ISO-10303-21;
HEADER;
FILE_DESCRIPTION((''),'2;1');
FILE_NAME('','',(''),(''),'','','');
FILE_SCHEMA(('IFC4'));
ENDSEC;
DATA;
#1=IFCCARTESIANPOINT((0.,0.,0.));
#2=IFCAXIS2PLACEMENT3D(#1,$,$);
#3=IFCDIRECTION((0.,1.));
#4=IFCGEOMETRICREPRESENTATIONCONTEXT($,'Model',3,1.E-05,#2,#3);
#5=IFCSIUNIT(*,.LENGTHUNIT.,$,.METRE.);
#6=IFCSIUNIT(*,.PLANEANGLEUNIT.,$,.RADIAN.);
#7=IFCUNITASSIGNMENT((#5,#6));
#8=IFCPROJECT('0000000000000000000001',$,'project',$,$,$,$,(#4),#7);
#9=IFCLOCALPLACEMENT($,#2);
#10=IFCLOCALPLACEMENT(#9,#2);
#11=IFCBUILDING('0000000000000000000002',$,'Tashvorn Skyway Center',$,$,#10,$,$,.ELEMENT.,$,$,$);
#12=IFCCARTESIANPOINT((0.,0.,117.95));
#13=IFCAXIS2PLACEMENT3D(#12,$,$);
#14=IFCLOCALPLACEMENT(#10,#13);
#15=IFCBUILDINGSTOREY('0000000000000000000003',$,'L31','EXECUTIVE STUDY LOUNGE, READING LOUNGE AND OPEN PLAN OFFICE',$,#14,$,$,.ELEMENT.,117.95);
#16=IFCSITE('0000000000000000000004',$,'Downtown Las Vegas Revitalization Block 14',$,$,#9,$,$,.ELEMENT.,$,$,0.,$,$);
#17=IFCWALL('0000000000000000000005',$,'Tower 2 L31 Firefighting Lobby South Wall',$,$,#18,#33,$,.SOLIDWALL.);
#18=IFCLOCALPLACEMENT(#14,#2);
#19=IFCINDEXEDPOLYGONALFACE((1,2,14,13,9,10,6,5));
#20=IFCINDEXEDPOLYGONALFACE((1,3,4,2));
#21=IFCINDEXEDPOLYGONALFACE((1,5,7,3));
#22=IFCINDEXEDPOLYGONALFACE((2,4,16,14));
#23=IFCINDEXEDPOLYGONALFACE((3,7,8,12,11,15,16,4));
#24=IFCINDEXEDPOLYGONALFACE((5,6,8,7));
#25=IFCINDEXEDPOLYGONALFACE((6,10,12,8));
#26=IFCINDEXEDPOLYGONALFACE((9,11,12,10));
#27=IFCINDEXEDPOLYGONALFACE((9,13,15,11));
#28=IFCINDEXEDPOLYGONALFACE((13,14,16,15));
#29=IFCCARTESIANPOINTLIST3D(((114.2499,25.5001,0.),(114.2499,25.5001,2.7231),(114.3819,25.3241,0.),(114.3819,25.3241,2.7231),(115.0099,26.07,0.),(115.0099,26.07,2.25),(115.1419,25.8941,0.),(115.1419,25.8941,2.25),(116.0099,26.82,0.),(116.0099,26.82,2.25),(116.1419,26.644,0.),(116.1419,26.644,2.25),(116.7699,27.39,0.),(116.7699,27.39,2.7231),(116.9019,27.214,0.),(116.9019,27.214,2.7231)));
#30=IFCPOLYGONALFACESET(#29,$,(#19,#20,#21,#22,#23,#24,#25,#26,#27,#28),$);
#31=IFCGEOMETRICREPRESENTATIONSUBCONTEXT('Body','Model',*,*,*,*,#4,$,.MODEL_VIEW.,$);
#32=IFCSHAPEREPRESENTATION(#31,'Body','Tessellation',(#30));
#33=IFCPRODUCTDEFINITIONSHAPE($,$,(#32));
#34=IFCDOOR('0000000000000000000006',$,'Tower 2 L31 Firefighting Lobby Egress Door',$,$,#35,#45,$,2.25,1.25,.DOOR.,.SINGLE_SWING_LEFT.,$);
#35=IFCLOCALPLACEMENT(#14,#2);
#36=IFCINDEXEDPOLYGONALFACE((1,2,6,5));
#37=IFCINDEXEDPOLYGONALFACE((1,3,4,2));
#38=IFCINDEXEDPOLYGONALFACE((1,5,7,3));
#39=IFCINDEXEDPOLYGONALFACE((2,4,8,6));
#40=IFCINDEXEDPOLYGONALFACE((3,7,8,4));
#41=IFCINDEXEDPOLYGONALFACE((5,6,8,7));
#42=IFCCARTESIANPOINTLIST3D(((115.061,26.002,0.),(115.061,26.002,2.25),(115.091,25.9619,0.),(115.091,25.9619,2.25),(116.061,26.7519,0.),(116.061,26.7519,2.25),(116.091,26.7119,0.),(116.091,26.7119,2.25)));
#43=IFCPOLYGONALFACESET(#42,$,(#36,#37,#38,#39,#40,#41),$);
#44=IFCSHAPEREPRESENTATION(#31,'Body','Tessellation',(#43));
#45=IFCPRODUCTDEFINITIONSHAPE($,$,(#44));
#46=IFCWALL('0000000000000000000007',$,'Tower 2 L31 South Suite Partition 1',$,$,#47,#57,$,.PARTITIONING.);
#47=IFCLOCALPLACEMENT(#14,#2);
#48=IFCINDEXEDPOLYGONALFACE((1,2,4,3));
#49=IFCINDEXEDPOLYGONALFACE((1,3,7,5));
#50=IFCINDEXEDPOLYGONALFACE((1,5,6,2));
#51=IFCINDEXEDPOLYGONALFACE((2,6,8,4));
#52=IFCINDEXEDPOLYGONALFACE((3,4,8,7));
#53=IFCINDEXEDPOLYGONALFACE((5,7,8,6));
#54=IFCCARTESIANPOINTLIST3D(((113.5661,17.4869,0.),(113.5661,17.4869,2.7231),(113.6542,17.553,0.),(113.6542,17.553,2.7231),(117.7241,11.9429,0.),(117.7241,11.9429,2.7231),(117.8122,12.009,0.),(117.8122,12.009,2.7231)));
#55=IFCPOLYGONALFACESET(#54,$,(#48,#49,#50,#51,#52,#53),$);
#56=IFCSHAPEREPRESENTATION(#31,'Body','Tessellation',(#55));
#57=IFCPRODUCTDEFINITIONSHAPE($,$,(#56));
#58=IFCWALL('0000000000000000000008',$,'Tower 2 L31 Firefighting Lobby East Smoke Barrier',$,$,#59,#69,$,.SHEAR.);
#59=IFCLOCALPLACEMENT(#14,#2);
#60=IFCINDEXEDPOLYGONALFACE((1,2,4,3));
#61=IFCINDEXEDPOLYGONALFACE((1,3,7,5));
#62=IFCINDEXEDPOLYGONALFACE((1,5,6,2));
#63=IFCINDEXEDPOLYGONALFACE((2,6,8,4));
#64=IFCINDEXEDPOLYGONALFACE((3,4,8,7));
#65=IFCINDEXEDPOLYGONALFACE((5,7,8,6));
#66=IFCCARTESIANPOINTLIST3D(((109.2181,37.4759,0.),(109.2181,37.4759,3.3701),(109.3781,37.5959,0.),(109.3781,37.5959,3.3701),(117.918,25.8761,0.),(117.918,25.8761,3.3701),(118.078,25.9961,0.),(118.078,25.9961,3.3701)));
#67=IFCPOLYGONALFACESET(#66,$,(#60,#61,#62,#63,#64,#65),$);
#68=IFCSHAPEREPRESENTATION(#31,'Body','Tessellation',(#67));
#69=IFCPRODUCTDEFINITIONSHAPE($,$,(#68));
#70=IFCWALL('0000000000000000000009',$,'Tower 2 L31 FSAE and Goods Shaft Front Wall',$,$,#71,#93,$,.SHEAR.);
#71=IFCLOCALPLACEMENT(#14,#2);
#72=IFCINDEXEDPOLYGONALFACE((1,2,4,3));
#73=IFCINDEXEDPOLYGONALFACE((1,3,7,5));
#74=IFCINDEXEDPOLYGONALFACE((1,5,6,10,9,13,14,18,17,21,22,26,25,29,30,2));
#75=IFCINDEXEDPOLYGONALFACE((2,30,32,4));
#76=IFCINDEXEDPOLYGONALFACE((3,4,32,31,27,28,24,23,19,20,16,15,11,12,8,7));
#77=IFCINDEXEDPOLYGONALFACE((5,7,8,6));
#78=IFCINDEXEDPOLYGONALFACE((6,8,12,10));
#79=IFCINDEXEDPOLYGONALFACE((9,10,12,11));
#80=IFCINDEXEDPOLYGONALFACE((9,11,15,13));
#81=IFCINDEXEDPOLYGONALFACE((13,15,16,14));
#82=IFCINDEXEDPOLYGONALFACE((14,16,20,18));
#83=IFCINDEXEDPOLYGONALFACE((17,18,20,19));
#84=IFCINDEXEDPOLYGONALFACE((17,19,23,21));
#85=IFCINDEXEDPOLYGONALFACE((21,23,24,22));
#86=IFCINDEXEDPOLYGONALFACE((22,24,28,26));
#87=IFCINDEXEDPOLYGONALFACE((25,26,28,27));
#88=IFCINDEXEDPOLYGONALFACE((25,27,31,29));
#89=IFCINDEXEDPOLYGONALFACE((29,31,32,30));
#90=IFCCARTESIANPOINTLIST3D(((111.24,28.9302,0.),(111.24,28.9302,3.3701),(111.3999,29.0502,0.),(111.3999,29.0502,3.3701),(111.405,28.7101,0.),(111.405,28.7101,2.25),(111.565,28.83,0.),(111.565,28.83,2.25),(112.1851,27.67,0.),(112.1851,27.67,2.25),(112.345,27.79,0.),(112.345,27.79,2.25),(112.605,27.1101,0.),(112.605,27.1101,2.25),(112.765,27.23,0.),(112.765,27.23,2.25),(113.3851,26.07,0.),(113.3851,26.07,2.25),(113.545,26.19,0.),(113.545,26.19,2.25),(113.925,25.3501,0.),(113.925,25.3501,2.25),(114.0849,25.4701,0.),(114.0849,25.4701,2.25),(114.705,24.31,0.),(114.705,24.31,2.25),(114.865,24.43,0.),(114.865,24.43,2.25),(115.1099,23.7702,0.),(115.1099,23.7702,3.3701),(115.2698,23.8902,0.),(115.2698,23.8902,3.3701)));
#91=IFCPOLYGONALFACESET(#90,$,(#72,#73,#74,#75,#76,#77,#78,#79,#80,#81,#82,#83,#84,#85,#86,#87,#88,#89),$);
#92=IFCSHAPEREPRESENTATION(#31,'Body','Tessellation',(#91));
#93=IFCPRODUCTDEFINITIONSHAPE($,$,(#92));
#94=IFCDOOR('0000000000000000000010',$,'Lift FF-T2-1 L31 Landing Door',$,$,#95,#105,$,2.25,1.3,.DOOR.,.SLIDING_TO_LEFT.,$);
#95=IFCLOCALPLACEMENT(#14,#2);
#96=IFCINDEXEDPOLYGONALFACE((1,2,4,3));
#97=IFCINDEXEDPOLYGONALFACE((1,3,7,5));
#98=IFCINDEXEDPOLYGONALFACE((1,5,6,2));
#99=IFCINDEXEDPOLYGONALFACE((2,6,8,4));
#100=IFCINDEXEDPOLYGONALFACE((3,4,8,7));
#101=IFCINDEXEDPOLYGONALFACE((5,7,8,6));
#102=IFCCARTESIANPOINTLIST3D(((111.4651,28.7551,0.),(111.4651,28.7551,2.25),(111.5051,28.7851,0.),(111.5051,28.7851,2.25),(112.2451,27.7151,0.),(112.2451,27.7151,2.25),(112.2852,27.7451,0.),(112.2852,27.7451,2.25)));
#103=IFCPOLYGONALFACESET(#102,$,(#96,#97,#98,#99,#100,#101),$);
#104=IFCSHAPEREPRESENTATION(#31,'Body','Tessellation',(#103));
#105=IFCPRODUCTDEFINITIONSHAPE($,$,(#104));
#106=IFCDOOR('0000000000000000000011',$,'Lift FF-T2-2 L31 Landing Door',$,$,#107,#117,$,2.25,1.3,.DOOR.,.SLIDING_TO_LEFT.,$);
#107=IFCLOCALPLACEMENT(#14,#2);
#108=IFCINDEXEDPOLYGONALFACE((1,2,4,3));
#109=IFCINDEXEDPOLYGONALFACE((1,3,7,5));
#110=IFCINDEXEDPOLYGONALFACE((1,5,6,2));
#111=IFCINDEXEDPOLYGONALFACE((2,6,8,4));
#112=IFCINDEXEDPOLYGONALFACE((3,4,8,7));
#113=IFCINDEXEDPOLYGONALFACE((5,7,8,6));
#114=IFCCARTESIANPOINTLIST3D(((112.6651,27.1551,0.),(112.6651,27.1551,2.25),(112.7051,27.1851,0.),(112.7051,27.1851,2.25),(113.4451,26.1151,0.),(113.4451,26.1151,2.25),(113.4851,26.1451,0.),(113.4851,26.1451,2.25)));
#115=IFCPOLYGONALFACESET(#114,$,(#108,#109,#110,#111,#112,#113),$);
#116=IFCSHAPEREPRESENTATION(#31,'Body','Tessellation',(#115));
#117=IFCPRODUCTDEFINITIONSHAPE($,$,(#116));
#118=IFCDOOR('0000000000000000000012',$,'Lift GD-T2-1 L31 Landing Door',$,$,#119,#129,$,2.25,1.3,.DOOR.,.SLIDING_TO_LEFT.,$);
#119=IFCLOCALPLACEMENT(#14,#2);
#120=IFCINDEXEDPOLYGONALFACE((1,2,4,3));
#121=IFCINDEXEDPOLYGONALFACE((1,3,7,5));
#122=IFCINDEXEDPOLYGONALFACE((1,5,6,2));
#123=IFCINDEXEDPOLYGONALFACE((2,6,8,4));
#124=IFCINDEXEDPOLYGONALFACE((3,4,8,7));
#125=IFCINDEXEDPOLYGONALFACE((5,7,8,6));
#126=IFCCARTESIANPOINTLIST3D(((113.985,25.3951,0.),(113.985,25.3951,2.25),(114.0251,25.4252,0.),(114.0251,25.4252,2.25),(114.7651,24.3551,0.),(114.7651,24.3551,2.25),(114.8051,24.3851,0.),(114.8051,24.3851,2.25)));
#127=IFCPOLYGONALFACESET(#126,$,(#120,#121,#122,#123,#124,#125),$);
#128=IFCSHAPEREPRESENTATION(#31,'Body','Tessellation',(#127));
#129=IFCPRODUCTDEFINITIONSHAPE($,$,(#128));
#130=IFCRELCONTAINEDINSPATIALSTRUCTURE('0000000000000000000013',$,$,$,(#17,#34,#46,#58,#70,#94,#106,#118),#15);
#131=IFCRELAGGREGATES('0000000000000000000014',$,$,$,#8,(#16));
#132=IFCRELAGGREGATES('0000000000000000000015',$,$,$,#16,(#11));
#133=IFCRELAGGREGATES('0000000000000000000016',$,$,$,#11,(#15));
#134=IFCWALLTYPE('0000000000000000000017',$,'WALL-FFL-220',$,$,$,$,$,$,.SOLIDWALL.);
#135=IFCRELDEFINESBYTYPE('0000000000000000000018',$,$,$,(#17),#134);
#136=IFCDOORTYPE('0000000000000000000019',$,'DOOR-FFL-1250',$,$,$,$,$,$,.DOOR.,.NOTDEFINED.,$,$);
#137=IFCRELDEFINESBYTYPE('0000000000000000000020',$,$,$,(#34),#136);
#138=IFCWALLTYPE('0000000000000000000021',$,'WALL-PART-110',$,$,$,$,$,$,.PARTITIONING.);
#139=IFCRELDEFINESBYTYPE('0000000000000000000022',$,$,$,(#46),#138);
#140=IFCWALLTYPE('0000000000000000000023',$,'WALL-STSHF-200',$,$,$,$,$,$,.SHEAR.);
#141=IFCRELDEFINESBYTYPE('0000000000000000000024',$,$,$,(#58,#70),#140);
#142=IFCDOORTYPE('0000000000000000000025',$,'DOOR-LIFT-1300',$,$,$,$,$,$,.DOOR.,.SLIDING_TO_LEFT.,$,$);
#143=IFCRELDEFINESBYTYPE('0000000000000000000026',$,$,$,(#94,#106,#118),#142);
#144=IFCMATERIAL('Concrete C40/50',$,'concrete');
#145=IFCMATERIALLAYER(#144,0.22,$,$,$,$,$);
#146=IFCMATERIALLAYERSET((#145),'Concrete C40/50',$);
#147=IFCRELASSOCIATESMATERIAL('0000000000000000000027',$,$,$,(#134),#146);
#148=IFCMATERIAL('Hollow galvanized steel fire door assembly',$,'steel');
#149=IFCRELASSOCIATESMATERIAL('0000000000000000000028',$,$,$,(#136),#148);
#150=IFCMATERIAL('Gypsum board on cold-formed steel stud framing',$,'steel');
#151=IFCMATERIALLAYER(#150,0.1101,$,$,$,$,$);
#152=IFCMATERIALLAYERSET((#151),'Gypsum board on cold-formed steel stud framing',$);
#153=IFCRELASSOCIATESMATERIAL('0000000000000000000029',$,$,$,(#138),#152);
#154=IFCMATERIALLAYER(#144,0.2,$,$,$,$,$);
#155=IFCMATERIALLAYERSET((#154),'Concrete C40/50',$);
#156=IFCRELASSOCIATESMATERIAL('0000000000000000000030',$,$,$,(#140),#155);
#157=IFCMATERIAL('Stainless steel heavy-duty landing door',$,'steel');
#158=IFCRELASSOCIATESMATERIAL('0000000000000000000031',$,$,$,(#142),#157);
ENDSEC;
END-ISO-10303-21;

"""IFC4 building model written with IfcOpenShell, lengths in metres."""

from ifc_helpers import new_model, si_unit, direction, frame, frame_2d, origin, place, context, subcontext, project, spatial, rectangle, extrude, material, layer, layer_set, type_object, element, fill, save


model = new_model("IFC4")

# Units and contexts
model_context = context("Model", 3, precision=1e-05, world=origin(), true_north=direction((0.0, 1.0)))
body_context = subcontext(model_context, "Body", "Model", "MODEL_VIEW")
ifc_project = project(units=[si_unit("LENGTHUNIT", "METRE"), si_unit("PLANEANGLEUNIT", "RADIAN")], contexts=[model_context])

# Site, building, storey
site_placement = place(None, origin())
site = spatial("IfcSite", under=ifc_project, at=site_placement, Name="Downtown Las Vegas Revitalization Block 14", CompositionType="ELEMENT", RefElevation=0.0)
building_placement = place(site_placement, origin())
building = spatial("IfcBuilding", under=site, at=building_placement, Name="Tashvorn Skyway Center", CompositionType="ELEMENT")
storey_placement = place(building_placement, frame((0.0, 0.0, 117.95)))
storey = spatial("IfcBuildingStorey", under=building, at=storey_placement, Name="L31", Description="EXECUTIVE STUDY LOUNGE, READING LOUNGE AND OPEN PLAN OFFICE", CompositionType="ELEMENT", Elevation=117.95)

# Wall, opening, door
ifc_material_1 = material(Name="Concrete C40/50", Category="concrete")
ifc_layer_1 = layer(ifc_material_1, 0.22)
ifc_layer_set_1 = layer_set([ifc_layer_1], Name="Concrete C40/50")
wall_type_1 = type_object("IfcWallType", Name="WALL-FFL-220", PredefinedType="SOLIDWALL", material=ifc_layer_set_1)
wall_1_placement = place(storey_placement, frame((114.3159, 25.4121, 0.0), z_axis=(0.0, 0.0, 1.0), x_axis=(0.800019, 0.599975, 0.0)))
wall_1 = element("IfcWall", 1, at=wall_1_placement, inside=storey, type_object=wall_type_1, Name="Tower 2 L31 Firefighting Lobby South Wall", PredefinedType="SOLIDWALL", context=body_context, shape_type="SweptSolid", body=[
    extrude(rectangle(XDim=3.1499, YDim=0.22, at=frame_2d((1.575, 0.0))), origin(), (0.0, 0.0, 1.0), 2.7231),
])
opening_1_placement = place(wall_1_placement, frame((0.95, 0.0, 0.0)))
opening_1 = element("IfcOpeningElement", 2, at=opening_1_placement, cuts=wall_1, PredefinedType="OPENING", context=body_context, shape_type="SweptSolid", body=[
    extrude(rectangle(XDim=1.25, YDim=2.25, at=frame_2d((0.625, 1.125))), frame((0.0, 0.1199, 0.0), z_axis=(0.0, -1.0, 0.0), x_axis=(1.0, 0.0, 0.0)), (0.0, 0.0, 1.0), 0.24),
])
ifc_material_2 = material(Name="Hollow galvanized steel fire door assembly", Category="steel")
door_type_1 = type_object("IfcDoorType", Name="DOOR-FFL-1250", OperationType="NOTDEFINED", PredefinedType="DOOR", material=ifc_material_2)
door_1_placement = place(opening_1_placement, origin())
door_1 = element("IfcDoor", 3, at=door_1_placement, inside=storey, type_object=door_type_1, Name="Tower 2 L31 Firefighting Lobby Egress Door", OperationType="SINGLE_SWING_LEFT", OverallHeight=2.25, OverallWidth=1.25, PredefinedType="DOOR", context=body_context, shape_type="SweptSolid", body=[
    extrude(rectangle(XDim=1.25, YDim=2.25, at=frame_2d((0.625, 1.125))), frame((0.0, 0.0249, 0.0), z_axis=(0.0, -1.0, 0.0), x_axis=(1.0, 0.0, 0.0)), (0.0, 0.0, 1.0), 0.05),
])
fill(opening_1, door_1)

# Walls
ifc_material_3 = material(Name="Gypsum board on cold-formed steel stud framing", Category="steel")
ifc_layer_2 = layer(ifc_material_3, 0.1101)
ifc_layer_set_2 = layer_set([ifc_layer_2], Name="Gypsum board on cold-formed steel stud framing")
wall_type_2 = type_object("IfcWallType", Name="WALL-PART-110", PredefinedType="PARTITIONING", material=ifc_layer_set_2)
wall_2_placement = place(storey_placement, frame((117.7681, 11.9761, 0.0), z_axis=(0.0, 0.0, 1.0), x_axis=(-0.6, 0.8, 0.0)))
element("IfcWall", 4, at=wall_2_placement, inside=storey, type_object=wall_type_2, Name="Tower 2 L31 South Suite Partition 1", PredefinedType="PARTITIONING", context=body_context, shape_type="SweptSolid", body=[
    extrude(rectangle(XDim=6.9299, YDim=0.1101, at=frame_2d((3.4648, 0.0))), origin(), (0.0, 0.0, 1.0), 2.7231),
])
ifc_layer_3 = layer(ifc_material_1, 0.2)
ifc_layer_set_3 = layer_set([ifc_layer_3], Name="Concrete C40/50")
wall_type_3 = type_object("IfcWallType", Name="WALL-STSHF-200", PredefinedType="SHEAR", material=ifc_layer_set_3)
wall_3_placement = place(storey_placement, frame((117.998, 25.936, 0.0), z_axis=(0.0, 0.0, 1.0), x_axis=(-0.600003, 0.799998, 0.0)))
element("IfcWall", 5, at=wall_3_placement, inside=storey, type_object=wall_type_3, Name="Tower 2 L31 Firefighting Lobby East Smoke Barrier", PredefinedType="SHEAR", context=body_context, shape_type="SweptSolid", body=[
    extrude(rectangle(XDim=14.4998, YDim=0.2, at=frame_2d((7.25, 0.0))), origin(), (0.0, 0.0, 1.0), 3.3701),
])

# Wall, openings, doors
wall_4_placement = place(storey_placement, frame((115.1899, 23.8301, 0.0), z_axis=(0.0, 0.0, 1.0), x_axis=(-0.599994, 0.800005, 0.0)))
wall_4 = element("IfcWall", 6, at=wall_4_placement, inside=storey, type_object=wall_type_3, Name="Tower 2 L31 FSAE and Goods Shaft Front Wall", PredefinedType="SHEAR", context=body_context, shape_type="SweptSolid", body=[
    extrude(rectangle(XDim=6.45, YDim=0.2, at=frame_2d((3.2251, 0.0))), origin(), (0.0, 0.0, 1.0), 3.3701),
])
opening_2_placement = place(wall_4_placement, frame((4.875, 0.0, 0.0)))
opening_2 = element("IfcOpeningElement", 7, at=opening_2_placement, cuts=wall_4, PredefinedType="OPENING", context=body_context, shape_type="SweptSolid", body=[
    extrude(rectangle(XDim=1.3, YDim=2.25, at=frame_2d((0.6499, 1.125))), frame((0.0, 0.1099, 0.0), z_axis=(0.0, -1.0, 0.0), x_axis=(1.0, 0.0, 0.0)), (0.0, 0.0, 1.0), 0.22),
])
opening_3_placement = place(wall_4_placement, frame((2.875, 0.0, 0.0)))
opening_3 = element("IfcOpeningElement", 8, at=opening_3_placement, cuts=wall_4, PredefinedType="OPENING", context=body_context, shape_type="SweptSolid", body=[
    extrude(rectangle(XDim=1.3, YDim=2.25, at=frame_2d((0.6499, 1.125))), frame((0.0, 0.1099, 0.0), z_axis=(0.0, -1.0, 0.0), x_axis=(1.0, 0.0, 0.0)), (0.0, 0.0, 1.0), 0.22),
])
opening_4_placement = place(wall_4_placement, frame((0.675, 0.0, 0.0)))
opening_4 = element("IfcOpeningElement", 9, at=opening_4_placement, cuts=wall_4, PredefinedType="OPENING", context=body_context, shape_type="SweptSolid", body=[
    extrude(rectangle(XDim=1.3, YDim=2.25, at=frame_2d((0.6499, 1.125))), frame((0.0, 0.1099, 0.0), z_axis=(0.0, -1.0, 0.0), x_axis=(1.0, 0.0, 0.0)), (0.0, 0.0, 1.0), 0.22),
])
ifc_material_4 = material(Name="Stainless steel heavy-duty landing door", Category="steel")
door_type_2 = type_object("IfcDoorType", Name="DOOR-LIFT-1300", OperationType="SLIDING_TO_LEFT", PredefinedType="DOOR", material=ifc_material_4)
door_2_placement = place(opening_2_placement, origin())
door_2 = element("IfcDoor", 10, at=door_2_placement, inside=storey, type_object=door_type_2, Name="Lift FF-T2-1 L31 Landing Door", OperationType="SLIDING_TO_LEFT", OverallHeight=2.25, OverallWidth=1.3, PredefinedType="DOOR", context=body_context, shape_type="SweptSolid", body=[
    extrude(rectangle(XDim=1.3, YDim=2.25, at=frame_2d((0.6499, 1.125))), frame((0.0, 0.0249, 0.0), z_axis=(0.0, -1.0, 0.0), x_axis=(1.0, 0.0, 0.0)), (0.0, 0.0, 1.0), 0.05),
])
fill(opening_2, door_2)
door_3_placement = place(opening_3_placement, origin())
door_3 = element("IfcDoor", 11, at=door_3_placement, inside=storey, type_object=door_type_2, Name="Lift FF-T2-2 L31 Landing Door", OperationType="SLIDING_TO_LEFT", OverallHeight=2.25, OverallWidth=1.3, PredefinedType="DOOR", context=body_context, shape_type="SweptSolid", body=[
    extrude(rectangle(XDim=1.3, YDim=2.25, at=frame_2d((0.6499, 1.125))), frame((0.0, 0.0249, 0.0), z_axis=(0.0, -1.0, 0.0), x_axis=(1.0, 0.0, 0.0)), (0.0, 0.0, 1.0), 0.05),
])
fill(opening_3, door_3)
door_4_placement = place(opening_4_placement, origin())
door_4 = element("IfcDoor", 12, at=door_4_placement, inside=storey, type_object=door_type_2, Name="Lift GD-T2-1 L31 Landing Door", OperationType="SLIDING_TO_LEFT", OverallHeight=2.25, OverallWidth=1.3, PredefinedType="DOOR", context=body_context, shape_type="SweptSolid", body=[
    extrude(rectangle(XDim=1.3, YDim=2.25, at=frame_2d((0.6499, 1.125))), frame((0.0, 0.0249, 0.0), z_axis=(0.0, -1.0, 0.0), x_axis=(1.0, 0.0, 0.0)), (0.0, 0.0, 1.0), 0.05),
])
fill(opening_4, door_4)

save(model, "model.ifc")
